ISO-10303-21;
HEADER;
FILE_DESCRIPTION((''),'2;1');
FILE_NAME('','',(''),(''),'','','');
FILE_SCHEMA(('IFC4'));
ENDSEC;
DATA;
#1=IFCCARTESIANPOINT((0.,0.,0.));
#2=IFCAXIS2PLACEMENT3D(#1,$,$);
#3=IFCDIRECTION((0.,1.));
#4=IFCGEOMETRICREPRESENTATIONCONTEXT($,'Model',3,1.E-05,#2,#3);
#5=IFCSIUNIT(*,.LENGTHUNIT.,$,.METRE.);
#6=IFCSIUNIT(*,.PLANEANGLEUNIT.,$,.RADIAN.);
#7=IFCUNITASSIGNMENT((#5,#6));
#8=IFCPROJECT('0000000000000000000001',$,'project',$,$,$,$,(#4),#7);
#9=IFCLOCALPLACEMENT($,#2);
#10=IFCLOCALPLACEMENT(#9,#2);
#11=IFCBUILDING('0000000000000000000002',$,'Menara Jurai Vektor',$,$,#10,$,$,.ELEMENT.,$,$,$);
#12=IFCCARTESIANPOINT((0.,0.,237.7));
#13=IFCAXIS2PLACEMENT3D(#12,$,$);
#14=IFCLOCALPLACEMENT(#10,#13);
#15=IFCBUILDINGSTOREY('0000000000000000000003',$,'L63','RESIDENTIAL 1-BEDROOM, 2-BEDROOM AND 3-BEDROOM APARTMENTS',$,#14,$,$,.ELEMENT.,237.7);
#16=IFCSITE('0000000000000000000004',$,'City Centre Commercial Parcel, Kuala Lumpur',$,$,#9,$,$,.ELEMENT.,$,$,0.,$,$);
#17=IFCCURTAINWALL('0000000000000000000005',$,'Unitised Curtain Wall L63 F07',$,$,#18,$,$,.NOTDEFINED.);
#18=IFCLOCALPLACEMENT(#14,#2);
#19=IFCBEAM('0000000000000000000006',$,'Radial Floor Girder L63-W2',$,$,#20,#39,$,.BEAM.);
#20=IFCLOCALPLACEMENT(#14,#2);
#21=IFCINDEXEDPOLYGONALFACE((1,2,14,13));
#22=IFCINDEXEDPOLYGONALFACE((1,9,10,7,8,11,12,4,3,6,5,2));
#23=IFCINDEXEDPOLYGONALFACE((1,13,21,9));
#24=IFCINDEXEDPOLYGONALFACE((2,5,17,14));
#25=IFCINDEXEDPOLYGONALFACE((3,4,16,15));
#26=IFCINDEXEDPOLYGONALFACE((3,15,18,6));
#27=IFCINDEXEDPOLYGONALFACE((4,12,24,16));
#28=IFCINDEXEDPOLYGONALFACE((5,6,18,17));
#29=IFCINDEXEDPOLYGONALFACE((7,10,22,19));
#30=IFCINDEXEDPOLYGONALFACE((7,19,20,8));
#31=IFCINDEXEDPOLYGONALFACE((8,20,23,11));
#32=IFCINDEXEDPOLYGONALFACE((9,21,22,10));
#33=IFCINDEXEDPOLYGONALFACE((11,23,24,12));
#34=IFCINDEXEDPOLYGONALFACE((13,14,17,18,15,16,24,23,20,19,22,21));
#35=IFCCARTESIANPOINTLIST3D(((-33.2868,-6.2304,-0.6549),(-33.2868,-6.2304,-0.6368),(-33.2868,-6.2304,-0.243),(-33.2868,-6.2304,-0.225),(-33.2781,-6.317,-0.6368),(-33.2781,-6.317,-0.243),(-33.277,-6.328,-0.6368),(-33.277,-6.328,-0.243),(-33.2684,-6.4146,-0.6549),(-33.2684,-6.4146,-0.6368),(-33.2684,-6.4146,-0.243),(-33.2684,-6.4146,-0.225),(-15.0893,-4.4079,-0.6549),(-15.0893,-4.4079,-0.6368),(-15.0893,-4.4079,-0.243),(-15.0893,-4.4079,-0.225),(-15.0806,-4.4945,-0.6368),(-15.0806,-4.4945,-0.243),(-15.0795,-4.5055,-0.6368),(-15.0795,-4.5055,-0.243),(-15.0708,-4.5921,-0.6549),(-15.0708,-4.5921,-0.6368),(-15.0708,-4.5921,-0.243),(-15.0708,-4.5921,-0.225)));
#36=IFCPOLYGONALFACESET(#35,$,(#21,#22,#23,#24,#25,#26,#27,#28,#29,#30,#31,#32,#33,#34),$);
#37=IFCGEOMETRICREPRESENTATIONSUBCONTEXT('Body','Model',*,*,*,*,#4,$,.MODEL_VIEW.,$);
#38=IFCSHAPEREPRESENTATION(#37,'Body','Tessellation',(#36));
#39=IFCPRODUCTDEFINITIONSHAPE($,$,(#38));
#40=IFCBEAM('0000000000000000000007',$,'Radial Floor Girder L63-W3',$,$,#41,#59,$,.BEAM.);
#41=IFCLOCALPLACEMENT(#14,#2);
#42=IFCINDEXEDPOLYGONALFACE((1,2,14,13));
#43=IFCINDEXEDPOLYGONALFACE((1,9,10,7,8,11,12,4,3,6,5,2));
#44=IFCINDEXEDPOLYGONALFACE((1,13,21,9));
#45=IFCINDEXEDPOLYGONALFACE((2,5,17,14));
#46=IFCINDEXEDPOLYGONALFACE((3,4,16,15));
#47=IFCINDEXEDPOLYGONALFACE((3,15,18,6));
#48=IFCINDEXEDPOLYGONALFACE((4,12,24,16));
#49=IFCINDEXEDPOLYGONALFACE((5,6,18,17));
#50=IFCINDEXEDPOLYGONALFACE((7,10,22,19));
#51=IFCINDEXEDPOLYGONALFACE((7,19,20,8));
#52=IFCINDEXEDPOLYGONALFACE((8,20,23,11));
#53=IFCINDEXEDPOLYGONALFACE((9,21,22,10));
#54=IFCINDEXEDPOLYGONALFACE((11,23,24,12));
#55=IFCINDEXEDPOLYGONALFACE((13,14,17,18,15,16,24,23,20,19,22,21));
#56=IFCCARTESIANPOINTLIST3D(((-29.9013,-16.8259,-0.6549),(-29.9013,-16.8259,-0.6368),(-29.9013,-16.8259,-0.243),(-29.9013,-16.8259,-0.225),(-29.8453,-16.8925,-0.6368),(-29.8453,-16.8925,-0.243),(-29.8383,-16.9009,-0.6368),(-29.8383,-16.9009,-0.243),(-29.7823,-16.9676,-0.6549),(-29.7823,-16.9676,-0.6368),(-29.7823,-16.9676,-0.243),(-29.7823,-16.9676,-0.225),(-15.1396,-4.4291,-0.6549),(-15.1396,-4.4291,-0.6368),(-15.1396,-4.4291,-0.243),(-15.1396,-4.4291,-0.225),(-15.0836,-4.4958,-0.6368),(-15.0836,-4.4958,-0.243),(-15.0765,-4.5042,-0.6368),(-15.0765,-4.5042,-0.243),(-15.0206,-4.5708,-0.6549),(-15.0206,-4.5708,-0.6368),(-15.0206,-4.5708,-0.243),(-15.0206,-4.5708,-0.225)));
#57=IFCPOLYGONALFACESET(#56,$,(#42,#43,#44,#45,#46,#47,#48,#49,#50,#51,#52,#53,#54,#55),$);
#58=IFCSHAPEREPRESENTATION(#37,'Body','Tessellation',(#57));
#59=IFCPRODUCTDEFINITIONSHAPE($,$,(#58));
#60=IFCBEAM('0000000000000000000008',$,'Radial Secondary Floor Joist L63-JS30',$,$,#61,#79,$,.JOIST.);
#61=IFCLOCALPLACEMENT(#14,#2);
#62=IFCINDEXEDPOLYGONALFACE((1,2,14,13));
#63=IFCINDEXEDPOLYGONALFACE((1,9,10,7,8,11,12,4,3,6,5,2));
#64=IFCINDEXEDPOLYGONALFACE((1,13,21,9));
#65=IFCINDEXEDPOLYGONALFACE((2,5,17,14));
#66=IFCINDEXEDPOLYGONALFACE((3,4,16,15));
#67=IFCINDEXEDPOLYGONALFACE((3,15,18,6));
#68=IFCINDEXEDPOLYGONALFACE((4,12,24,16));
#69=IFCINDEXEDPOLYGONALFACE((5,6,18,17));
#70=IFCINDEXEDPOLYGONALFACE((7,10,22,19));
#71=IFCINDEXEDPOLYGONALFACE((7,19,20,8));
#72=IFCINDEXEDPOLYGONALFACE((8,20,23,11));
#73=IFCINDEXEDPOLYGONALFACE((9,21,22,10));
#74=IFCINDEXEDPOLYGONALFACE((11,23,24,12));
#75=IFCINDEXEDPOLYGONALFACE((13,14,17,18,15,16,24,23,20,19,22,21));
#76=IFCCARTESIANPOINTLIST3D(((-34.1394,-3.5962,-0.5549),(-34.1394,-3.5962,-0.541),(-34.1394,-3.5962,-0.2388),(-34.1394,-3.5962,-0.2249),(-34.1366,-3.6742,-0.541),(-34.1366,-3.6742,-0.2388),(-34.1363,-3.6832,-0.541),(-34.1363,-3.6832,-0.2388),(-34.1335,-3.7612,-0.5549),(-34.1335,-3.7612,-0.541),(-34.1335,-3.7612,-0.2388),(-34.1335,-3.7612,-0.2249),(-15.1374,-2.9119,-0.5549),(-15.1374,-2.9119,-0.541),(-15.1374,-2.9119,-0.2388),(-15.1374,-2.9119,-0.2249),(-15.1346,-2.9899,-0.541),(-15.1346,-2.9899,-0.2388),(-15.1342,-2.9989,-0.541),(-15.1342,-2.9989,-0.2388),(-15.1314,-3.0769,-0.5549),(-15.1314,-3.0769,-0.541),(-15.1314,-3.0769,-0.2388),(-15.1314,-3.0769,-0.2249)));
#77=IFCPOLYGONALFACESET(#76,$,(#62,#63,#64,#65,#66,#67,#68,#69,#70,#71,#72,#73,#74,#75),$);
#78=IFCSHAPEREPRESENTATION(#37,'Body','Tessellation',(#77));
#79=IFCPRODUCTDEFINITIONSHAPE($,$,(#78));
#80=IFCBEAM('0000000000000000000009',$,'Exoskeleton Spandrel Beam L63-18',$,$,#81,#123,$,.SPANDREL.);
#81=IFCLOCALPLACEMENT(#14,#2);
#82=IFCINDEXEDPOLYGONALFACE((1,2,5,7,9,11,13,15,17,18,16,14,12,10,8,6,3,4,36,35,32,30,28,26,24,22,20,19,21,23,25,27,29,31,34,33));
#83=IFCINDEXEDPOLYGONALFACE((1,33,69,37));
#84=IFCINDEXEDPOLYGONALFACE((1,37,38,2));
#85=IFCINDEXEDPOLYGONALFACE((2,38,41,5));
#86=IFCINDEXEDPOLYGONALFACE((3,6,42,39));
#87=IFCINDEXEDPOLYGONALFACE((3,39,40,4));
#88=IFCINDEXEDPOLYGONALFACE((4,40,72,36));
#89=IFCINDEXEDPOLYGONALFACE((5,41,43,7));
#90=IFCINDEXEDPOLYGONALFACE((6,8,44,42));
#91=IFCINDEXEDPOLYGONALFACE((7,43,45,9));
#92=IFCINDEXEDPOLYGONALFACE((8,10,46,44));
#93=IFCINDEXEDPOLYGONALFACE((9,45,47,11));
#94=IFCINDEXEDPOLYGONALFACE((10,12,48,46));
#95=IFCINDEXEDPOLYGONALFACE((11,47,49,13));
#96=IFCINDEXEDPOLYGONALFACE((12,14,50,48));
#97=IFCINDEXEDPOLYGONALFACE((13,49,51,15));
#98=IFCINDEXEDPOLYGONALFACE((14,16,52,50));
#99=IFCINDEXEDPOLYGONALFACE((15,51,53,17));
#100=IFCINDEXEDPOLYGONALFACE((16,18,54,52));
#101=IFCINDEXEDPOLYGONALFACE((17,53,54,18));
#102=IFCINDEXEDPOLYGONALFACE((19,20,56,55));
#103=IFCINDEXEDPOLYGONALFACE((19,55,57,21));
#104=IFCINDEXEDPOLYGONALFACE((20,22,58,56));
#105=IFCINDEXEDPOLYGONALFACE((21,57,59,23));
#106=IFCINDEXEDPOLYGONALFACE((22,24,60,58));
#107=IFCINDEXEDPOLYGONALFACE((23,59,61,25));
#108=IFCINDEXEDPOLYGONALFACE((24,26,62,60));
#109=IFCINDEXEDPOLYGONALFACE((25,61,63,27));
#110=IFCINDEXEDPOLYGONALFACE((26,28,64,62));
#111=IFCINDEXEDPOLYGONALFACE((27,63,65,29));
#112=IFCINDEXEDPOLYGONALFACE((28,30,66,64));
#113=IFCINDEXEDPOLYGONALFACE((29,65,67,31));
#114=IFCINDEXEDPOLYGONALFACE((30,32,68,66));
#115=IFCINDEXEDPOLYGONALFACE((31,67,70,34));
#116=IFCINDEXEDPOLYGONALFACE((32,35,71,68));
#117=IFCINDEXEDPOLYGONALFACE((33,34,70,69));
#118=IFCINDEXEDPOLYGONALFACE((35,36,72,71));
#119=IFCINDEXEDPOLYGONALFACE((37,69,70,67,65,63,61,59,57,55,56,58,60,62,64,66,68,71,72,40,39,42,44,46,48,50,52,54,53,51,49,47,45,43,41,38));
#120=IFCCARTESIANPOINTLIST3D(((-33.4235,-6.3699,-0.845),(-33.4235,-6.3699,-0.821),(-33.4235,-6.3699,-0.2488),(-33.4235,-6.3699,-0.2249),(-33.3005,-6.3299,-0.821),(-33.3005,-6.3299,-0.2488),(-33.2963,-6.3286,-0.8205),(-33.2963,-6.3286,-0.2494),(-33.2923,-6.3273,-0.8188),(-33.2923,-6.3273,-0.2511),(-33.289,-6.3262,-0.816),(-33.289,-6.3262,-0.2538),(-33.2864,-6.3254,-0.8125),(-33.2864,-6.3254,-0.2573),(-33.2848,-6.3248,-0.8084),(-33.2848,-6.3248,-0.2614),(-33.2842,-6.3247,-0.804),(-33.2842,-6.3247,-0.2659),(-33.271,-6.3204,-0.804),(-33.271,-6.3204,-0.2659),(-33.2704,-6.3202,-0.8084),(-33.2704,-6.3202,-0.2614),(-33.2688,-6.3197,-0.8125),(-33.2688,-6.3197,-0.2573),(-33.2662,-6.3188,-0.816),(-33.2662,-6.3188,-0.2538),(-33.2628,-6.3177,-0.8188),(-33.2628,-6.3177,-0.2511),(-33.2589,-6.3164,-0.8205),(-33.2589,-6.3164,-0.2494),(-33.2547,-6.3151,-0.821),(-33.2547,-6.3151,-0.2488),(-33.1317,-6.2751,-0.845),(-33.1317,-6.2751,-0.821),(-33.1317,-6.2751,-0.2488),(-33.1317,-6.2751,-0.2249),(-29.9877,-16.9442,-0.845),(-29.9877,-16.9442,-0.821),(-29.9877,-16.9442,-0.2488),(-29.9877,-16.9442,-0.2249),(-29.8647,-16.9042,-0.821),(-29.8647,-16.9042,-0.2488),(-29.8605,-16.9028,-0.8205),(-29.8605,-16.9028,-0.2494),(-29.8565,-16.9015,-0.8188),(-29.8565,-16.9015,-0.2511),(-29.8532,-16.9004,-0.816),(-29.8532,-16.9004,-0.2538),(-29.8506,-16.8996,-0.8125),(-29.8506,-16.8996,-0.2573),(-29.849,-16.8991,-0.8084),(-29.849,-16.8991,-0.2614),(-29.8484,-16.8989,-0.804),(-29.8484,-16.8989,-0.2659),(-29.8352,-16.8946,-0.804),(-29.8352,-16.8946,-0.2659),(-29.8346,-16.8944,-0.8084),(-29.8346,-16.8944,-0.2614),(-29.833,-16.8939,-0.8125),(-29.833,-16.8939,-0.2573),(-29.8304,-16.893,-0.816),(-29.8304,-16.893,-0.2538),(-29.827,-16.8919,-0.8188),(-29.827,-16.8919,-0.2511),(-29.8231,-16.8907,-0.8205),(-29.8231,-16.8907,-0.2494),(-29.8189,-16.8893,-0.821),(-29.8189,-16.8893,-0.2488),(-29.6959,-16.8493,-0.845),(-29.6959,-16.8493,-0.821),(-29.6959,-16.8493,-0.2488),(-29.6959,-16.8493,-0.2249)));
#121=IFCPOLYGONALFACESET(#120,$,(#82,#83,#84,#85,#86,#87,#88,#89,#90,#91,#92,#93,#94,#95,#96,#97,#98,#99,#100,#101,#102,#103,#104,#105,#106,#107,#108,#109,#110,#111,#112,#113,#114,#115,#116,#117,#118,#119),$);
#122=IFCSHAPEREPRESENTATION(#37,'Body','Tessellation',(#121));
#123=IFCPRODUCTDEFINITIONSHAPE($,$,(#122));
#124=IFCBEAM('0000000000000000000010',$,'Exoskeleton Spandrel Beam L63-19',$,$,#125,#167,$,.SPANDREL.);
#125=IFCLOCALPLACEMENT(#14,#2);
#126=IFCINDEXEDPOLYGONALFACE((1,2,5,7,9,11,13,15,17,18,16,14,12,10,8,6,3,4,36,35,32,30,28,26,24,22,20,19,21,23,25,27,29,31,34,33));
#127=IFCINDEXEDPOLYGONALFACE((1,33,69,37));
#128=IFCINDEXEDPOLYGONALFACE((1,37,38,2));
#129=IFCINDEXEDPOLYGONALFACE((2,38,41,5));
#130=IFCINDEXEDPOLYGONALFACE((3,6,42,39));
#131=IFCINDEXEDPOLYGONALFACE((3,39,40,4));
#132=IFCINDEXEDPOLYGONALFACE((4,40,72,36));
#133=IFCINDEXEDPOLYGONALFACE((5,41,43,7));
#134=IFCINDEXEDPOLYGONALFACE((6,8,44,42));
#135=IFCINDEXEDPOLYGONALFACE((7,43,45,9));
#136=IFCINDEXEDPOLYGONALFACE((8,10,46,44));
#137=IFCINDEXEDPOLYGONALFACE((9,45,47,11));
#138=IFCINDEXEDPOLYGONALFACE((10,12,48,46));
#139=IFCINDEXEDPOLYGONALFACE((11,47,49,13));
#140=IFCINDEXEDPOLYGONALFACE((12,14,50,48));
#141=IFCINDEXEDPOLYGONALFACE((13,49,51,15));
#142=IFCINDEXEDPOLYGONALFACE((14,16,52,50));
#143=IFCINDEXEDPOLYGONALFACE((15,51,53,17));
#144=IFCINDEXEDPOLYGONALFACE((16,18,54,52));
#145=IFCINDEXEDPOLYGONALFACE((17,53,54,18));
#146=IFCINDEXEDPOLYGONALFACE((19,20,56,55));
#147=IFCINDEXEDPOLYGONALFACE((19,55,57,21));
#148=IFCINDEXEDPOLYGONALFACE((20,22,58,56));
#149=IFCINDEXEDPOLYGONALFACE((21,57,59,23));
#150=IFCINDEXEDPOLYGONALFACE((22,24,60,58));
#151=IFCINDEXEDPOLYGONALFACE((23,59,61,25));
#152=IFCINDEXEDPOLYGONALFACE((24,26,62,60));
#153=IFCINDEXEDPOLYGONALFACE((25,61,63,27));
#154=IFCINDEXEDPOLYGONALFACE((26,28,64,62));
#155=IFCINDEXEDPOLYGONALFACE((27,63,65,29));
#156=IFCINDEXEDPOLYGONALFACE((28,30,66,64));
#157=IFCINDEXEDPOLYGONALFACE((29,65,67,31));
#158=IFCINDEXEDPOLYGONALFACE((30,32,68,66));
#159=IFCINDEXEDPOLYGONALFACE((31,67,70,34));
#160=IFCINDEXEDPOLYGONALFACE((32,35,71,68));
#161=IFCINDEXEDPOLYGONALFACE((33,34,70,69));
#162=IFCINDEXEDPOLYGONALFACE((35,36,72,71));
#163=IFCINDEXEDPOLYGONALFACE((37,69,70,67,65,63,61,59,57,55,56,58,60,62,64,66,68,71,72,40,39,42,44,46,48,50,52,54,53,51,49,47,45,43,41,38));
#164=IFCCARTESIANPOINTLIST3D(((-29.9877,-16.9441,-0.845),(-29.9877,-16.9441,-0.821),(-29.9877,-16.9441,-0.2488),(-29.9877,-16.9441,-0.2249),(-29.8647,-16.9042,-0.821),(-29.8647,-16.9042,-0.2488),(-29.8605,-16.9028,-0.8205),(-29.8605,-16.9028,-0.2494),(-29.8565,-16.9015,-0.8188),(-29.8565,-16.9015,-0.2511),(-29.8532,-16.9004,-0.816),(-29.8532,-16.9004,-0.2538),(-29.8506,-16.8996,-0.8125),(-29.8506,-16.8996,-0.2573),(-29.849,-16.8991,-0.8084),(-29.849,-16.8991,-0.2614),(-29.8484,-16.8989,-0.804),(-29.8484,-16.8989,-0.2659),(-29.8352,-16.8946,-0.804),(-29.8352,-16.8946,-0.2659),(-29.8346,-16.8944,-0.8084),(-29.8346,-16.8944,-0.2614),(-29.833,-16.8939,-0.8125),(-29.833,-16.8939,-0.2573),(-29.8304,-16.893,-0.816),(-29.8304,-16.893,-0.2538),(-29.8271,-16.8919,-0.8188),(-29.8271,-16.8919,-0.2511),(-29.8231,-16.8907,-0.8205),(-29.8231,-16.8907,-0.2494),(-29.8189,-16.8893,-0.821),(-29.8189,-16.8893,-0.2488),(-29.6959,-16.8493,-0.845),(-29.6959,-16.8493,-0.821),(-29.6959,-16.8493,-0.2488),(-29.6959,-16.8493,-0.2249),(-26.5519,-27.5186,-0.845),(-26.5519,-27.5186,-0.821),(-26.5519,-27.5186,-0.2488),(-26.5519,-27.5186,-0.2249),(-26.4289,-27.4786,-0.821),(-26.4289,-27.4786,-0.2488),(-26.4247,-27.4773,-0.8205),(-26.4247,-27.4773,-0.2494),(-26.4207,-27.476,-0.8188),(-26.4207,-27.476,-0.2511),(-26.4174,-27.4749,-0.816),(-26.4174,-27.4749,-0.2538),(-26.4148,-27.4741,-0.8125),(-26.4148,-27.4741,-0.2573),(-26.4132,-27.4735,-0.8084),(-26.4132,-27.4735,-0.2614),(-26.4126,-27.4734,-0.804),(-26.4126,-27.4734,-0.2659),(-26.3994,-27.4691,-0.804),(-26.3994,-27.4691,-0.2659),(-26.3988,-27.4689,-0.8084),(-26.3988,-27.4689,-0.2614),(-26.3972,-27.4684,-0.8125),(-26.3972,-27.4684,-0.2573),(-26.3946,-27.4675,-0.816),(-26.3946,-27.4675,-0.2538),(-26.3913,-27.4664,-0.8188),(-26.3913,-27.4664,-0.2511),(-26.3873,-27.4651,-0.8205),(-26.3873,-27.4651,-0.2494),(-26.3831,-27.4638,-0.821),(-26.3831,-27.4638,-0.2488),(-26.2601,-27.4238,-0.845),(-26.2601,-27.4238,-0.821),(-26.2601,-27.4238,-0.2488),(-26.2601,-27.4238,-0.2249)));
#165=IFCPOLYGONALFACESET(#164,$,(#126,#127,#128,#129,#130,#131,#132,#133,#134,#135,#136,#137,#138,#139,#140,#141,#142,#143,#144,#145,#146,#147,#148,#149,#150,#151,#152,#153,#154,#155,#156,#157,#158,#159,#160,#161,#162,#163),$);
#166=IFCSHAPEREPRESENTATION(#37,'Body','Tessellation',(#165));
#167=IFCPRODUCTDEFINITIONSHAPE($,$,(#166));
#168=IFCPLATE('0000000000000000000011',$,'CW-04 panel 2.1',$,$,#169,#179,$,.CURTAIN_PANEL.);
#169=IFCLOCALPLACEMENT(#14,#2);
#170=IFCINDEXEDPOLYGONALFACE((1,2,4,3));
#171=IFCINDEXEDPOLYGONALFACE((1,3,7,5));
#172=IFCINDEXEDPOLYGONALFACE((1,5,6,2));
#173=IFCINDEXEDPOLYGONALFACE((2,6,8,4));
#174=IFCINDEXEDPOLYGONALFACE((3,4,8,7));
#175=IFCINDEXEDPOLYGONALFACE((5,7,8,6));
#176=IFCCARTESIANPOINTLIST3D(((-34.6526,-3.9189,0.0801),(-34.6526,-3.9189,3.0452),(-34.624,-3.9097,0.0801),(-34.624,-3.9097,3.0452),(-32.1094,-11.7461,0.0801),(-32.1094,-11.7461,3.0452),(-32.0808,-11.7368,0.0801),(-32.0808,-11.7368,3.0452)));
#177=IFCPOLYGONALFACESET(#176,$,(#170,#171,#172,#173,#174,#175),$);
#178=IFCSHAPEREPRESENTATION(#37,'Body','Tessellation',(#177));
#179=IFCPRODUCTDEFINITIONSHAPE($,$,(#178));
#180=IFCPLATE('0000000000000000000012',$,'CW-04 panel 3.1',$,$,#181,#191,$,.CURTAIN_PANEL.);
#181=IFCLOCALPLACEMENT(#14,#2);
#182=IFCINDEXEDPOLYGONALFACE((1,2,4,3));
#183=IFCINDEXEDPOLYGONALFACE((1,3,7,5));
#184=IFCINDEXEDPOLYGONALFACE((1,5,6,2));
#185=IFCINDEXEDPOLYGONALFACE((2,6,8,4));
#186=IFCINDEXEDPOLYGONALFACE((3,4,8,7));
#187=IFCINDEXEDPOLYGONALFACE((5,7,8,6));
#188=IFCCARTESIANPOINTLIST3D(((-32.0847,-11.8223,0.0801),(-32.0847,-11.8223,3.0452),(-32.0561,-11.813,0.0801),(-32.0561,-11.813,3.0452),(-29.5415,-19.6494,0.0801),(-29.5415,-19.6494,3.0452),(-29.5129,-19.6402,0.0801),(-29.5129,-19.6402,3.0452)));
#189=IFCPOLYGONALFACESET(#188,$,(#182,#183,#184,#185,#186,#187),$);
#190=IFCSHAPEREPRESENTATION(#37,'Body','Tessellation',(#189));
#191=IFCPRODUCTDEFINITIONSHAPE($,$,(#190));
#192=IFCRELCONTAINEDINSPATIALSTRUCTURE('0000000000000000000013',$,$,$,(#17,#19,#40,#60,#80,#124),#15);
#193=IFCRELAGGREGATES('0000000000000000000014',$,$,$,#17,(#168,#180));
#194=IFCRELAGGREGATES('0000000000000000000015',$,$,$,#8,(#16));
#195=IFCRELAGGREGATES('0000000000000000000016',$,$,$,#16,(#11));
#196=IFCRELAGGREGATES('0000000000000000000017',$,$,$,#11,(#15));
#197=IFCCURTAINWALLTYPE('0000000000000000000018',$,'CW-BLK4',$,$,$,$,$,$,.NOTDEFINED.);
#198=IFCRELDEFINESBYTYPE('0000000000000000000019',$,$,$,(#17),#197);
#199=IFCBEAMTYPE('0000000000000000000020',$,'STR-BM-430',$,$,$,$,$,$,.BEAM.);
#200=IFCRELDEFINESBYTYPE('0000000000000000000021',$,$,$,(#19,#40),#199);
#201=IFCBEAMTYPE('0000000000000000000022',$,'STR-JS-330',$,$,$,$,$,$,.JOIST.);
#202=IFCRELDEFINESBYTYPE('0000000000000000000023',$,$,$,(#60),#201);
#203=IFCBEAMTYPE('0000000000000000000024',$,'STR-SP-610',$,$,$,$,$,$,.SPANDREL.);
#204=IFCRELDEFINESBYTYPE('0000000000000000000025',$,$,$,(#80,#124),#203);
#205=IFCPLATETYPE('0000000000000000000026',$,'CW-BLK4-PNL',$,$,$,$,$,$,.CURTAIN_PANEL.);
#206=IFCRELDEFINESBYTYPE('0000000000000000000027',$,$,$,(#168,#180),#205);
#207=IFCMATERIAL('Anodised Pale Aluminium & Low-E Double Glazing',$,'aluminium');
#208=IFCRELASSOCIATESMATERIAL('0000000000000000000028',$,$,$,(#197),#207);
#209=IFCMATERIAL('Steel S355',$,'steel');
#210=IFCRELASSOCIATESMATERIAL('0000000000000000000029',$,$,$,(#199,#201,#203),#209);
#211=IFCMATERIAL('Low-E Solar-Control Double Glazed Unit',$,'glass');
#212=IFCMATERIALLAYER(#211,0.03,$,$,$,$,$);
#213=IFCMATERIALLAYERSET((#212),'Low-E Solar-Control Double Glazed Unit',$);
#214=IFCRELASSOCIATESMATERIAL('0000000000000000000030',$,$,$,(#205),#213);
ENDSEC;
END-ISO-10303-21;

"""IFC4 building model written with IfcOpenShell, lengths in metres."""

from ifc_helpers import new_model, si_unit, direction, frame, origin, origin_2d, place, context, subcontext, project, spatial, rectangle, i_section, extrude, material, layer, layer_set, material_profile, profile_set, type_object, element, aggregate, save


model = new_model("IFC4")

# Units and contexts
model_context = context("Model", 3, precision=1e-05, world=origin(), true_north=direction((0.0, 1.0)))
body_context = subcontext(model_context, "Body", "Model", "MODEL_VIEW")
ifc_project = project(units=[si_unit("LENGTHUNIT", "METRE"), si_unit("PLANEANGLEUNIT", "RADIAN")], contexts=[model_context])

# Site, building, storey
site_placement = place(None, origin())
site = spatial("IfcSite", under=ifc_project, at=site_placement, Name="City Centre Commercial Parcel, Kuala Lumpur", CompositionType="ELEMENT", RefElevation=0.0)
building_placement = place(site_placement, origin())
building = spatial("IfcBuilding", under=site, at=building_placement, Name="Menara Jurai Vektor", CompositionType="ELEMENT")
storey_placement = place(building_placement, frame((0.0, 0.0, 237.7)))
storey = spatial("IfcBuildingStorey", under=building, at=storey_placement, Name="L63", Description="RESIDENTIAL 1-BEDROOM, 2-BEDROOM AND 3-BEDROOM APARTMENTS", CompositionType="ELEMENT", Elevation=237.7)

# Curtain wall
ifc_material_1 = material(Name="Anodised Pale Aluminium & Low-E Double Glazing", Category="aluminium")
curtain_wall_type = type_object("IfcCurtainWallType", Name="CW-BLK4", PredefinedType="NOTDEFINED", material=ifc_material_1)
curtain_wall_placement = place(storey_placement, origin())
curtain_wall = element("IfcCurtainWall", 1, at=curtain_wall_placement, inside=storey, type_object=curtain_wall_type, Name="Unitised Curtain Wall L63 F07", PredefinedType="NOTDEFINED")

# Beams
ifc_material_2 = material(Name="Steel S355", Category="steel")
ifc_material_profile_1 = material_profile(ifc_material_2, i_section(OverallWidth=0.1851, OverallDepth=0.4299, WebThickness=0.011, FlangeThickness=0.0181, at=origin_2d()), Name="PG 430x185x76")
ifc_profile_set_1 = profile_set([ifc_material_profile_1], Name="Steel S355")
beam_type_1 = type_object("IfcBeamType", Name="STR-BM-430", PredefinedType="BEAM", material=ifc_profile_set_1)
beam_1_placement = place(storey_placement, frame((-33.2776, -6.3225, -0.4399), z_axis=(0.995022, 0.099653, 0.0), x_axis=(-0.099653, 0.995022, 0.0)))
element("IfcBeam", 2, at=beam_1_placement, inside=storey, type_object=beam_type_1, Name="Radial Floor Girder L63-W2", PredefinedType="BEAM", context=body_context, shape_type="SweptSolid", body=[
    extrude(i_section(OverallWidth=0.1851, OverallDepth=0.4299, WebThickness=0.011, FlangeThickness=0.0181, at=origin_2d()), origin(), (0.0, 0.0, 1.0), 18.2886),
])
beam_2_placement = place(storey_placement, frame((-29.8418, -16.8967, -0.4399), z_axis=(0.765784, 0.643097, 0.0), x_axis=(-0.643097, 0.765784, 0.0)))
element("IfcBeam", 3, at=beam_2_placement, inside=storey, type_object=beam_type_1, Name="Radial Floor Girder L63-W3", PredefinedType="BEAM", context=body_context, shape_type="SweptSolid", body=[
    extrude(i_section(OverallWidth=0.1851, OverallDepth=0.4299, WebThickness=0.011, FlangeThickness=0.0181, at=origin_2d()), origin(), (0.0, 0.0, 1.0), 19.2766),
])
ifc_material_profile_2 = material_profile(ifc_material_2, i_section(OverallWidth=0.165, OverallDepth=0.3301, WebThickness=0.009, FlangeThickness=0.0139, at=origin_2d()), Name="PG 330x165x46")
ifc_profile_set_2 = profile_set([ifc_material_profile_2], Name="Steel S355")
beam_type_2 = type_object("IfcBeamType", Name="STR-JS-330", PredefinedType="JOIST", material=ifc_profile_set_2)
beam_3_placement = place(storey_placement, frame((-34.1365, -3.6787, -0.3899), z_axis=(0.999352, 0.03599, 0.0), x_axis=(-0.03599, 0.999352, 0.0)))
element("IfcBeam", 4, at=beam_3_placement, inside=storey, type_object=beam_type_2, Name="Radial Secondary Floor Joist L63-JS30", PredefinedType="JOIST", context=body_context, shape_type="SweptSolid", body=[
    extrude(i_section(OverallWidth=0.165, OverallDepth=0.3301, WebThickness=0.009, FlangeThickness=0.0139, at=origin_2d()), origin(), (0.0, 0.0, 1.0), 19.0144),
])
ifc_material_profile_3 = material_profile(ifc_material_2, i_section(OverallWidth=0.3069, OverallDepth=0.6201, WebThickness=0.0139, FlangeThickness=0.0239, FilletRadius=0.0171, at=origin_2d()), Name="UKB 610x305x179")
ifc_profile_set_3 = profile_set([ifc_material_profile_3], Name="Steel S355")
beam_type_3 = type_object("IfcBeamType", Name="STR-SP-610", PredefinedType="SPANDREL", material=ifc_profile_set_3)
beam_4_placement = place(storey_placement, frame((-33.2776, -6.3225, -0.5349), z_axis=(0.309019, -0.951056, 0.0), x_axis=(0.951056, 0.309019, 0.0)))
element("IfcBeam", 5, at=beam_4_placement, inside=storey, type_object=beam_type_3, Name="Exoskeleton Spandrel Beam L63-18", PredefinedType="SPANDREL", context=body_context, shape_type="SweptSolid", body=[
    extrude(i_section(OverallWidth=0.3069, OverallDepth=0.6201, WebThickness=0.0139, FlangeThickness=0.0239, FilletRadius=0.0171, at=origin_2d()), origin(), (0.0, 0.0, 1.0), 11.1184),
])
beam_5_placement = place(storey_placement, frame((-29.8418, -16.8967, -0.5349), z_axis=(0.309012, -0.951058, 0.0), x_axis=(0.951058, 0.309012, 0.0)))
element("IfcBeam", 6, at=beam_5_placement, inside=storey, type_object=beam_type_3, Name="Exoskeleton Spandrel Beam L63-19", PredefinedType="SPANDREL", context=body_context, shape_type="SweptSolid", body=[
    extrude(i_section(OverallWidth=0.3069, OverallDepth=0.6201, WebThickness=0.0139, FlangeThickness=0.0239, FilletRadius=0.0171, at=origin_2d()), origin(), (0.0, 0.0, 1.0), 11.1187),
])

# Plates
ifc_material_3 = material(Name="Low-E Solar-Control Double Glazed Unit", Category="glass")
ifc_layer_1 = layer(ifc_material_3, 0.03)
ifc_layer_set_1 = layer_set([ifc_layer_1], Name="Low-E Solar-Control Double Glazed Unit")
plate_type_1 = type_object("IfcPlateType", Name="CW-BLK4-PNL", PredefinedType="CURTAIN_PANEL", material=ifc_layer_set_1)
plate_1_placement = place(storey_placement, frame((-33.3667, -7.8279, 0.0801), z_axis=(0.0, 0.0, 1.0), x_axis=(0.309016, -0.951057, 0.0)))
plate_1 = element("IfcPlate", 7, at=plate_1_placement, type_object=plate_type_1, Name="CW-04 panel 2.1", PredefinedType="CURTAIN_PANEL", context=body_context, shape_type="SweptSolid", body=[
    extrude(rectangle(XDim=8.23, YDim=0.03, at=origin_2d()), origin(), (0.0, 0.0, 1.0), 2.9651),
])
plate_2_placement = place(storey_placement, frame((-30.7988, -15.7312, 0.0801), z_axis=(0.0, 0.0, 1.0), x_axis=(0.309016, -0.951057, 0.0)))
plate_2 = element("IfcPlate", 8, at=plate_2_placement, type_object=plate_type_1, Name="CW-04 panel 3.1", PredefinedType="CURTAIN_PANEL", context=body_context, shape_type="SweptSolid", body=[
    extrude(rectangle(XDim=8.23, YDim=0.03, at=origin_2d()), origin(), (0.0, 0.0, 1.0), 2.9651),
])
aggregate(curtain_wall, [plate_1, plate_2])

save(model, "model.ifc")
